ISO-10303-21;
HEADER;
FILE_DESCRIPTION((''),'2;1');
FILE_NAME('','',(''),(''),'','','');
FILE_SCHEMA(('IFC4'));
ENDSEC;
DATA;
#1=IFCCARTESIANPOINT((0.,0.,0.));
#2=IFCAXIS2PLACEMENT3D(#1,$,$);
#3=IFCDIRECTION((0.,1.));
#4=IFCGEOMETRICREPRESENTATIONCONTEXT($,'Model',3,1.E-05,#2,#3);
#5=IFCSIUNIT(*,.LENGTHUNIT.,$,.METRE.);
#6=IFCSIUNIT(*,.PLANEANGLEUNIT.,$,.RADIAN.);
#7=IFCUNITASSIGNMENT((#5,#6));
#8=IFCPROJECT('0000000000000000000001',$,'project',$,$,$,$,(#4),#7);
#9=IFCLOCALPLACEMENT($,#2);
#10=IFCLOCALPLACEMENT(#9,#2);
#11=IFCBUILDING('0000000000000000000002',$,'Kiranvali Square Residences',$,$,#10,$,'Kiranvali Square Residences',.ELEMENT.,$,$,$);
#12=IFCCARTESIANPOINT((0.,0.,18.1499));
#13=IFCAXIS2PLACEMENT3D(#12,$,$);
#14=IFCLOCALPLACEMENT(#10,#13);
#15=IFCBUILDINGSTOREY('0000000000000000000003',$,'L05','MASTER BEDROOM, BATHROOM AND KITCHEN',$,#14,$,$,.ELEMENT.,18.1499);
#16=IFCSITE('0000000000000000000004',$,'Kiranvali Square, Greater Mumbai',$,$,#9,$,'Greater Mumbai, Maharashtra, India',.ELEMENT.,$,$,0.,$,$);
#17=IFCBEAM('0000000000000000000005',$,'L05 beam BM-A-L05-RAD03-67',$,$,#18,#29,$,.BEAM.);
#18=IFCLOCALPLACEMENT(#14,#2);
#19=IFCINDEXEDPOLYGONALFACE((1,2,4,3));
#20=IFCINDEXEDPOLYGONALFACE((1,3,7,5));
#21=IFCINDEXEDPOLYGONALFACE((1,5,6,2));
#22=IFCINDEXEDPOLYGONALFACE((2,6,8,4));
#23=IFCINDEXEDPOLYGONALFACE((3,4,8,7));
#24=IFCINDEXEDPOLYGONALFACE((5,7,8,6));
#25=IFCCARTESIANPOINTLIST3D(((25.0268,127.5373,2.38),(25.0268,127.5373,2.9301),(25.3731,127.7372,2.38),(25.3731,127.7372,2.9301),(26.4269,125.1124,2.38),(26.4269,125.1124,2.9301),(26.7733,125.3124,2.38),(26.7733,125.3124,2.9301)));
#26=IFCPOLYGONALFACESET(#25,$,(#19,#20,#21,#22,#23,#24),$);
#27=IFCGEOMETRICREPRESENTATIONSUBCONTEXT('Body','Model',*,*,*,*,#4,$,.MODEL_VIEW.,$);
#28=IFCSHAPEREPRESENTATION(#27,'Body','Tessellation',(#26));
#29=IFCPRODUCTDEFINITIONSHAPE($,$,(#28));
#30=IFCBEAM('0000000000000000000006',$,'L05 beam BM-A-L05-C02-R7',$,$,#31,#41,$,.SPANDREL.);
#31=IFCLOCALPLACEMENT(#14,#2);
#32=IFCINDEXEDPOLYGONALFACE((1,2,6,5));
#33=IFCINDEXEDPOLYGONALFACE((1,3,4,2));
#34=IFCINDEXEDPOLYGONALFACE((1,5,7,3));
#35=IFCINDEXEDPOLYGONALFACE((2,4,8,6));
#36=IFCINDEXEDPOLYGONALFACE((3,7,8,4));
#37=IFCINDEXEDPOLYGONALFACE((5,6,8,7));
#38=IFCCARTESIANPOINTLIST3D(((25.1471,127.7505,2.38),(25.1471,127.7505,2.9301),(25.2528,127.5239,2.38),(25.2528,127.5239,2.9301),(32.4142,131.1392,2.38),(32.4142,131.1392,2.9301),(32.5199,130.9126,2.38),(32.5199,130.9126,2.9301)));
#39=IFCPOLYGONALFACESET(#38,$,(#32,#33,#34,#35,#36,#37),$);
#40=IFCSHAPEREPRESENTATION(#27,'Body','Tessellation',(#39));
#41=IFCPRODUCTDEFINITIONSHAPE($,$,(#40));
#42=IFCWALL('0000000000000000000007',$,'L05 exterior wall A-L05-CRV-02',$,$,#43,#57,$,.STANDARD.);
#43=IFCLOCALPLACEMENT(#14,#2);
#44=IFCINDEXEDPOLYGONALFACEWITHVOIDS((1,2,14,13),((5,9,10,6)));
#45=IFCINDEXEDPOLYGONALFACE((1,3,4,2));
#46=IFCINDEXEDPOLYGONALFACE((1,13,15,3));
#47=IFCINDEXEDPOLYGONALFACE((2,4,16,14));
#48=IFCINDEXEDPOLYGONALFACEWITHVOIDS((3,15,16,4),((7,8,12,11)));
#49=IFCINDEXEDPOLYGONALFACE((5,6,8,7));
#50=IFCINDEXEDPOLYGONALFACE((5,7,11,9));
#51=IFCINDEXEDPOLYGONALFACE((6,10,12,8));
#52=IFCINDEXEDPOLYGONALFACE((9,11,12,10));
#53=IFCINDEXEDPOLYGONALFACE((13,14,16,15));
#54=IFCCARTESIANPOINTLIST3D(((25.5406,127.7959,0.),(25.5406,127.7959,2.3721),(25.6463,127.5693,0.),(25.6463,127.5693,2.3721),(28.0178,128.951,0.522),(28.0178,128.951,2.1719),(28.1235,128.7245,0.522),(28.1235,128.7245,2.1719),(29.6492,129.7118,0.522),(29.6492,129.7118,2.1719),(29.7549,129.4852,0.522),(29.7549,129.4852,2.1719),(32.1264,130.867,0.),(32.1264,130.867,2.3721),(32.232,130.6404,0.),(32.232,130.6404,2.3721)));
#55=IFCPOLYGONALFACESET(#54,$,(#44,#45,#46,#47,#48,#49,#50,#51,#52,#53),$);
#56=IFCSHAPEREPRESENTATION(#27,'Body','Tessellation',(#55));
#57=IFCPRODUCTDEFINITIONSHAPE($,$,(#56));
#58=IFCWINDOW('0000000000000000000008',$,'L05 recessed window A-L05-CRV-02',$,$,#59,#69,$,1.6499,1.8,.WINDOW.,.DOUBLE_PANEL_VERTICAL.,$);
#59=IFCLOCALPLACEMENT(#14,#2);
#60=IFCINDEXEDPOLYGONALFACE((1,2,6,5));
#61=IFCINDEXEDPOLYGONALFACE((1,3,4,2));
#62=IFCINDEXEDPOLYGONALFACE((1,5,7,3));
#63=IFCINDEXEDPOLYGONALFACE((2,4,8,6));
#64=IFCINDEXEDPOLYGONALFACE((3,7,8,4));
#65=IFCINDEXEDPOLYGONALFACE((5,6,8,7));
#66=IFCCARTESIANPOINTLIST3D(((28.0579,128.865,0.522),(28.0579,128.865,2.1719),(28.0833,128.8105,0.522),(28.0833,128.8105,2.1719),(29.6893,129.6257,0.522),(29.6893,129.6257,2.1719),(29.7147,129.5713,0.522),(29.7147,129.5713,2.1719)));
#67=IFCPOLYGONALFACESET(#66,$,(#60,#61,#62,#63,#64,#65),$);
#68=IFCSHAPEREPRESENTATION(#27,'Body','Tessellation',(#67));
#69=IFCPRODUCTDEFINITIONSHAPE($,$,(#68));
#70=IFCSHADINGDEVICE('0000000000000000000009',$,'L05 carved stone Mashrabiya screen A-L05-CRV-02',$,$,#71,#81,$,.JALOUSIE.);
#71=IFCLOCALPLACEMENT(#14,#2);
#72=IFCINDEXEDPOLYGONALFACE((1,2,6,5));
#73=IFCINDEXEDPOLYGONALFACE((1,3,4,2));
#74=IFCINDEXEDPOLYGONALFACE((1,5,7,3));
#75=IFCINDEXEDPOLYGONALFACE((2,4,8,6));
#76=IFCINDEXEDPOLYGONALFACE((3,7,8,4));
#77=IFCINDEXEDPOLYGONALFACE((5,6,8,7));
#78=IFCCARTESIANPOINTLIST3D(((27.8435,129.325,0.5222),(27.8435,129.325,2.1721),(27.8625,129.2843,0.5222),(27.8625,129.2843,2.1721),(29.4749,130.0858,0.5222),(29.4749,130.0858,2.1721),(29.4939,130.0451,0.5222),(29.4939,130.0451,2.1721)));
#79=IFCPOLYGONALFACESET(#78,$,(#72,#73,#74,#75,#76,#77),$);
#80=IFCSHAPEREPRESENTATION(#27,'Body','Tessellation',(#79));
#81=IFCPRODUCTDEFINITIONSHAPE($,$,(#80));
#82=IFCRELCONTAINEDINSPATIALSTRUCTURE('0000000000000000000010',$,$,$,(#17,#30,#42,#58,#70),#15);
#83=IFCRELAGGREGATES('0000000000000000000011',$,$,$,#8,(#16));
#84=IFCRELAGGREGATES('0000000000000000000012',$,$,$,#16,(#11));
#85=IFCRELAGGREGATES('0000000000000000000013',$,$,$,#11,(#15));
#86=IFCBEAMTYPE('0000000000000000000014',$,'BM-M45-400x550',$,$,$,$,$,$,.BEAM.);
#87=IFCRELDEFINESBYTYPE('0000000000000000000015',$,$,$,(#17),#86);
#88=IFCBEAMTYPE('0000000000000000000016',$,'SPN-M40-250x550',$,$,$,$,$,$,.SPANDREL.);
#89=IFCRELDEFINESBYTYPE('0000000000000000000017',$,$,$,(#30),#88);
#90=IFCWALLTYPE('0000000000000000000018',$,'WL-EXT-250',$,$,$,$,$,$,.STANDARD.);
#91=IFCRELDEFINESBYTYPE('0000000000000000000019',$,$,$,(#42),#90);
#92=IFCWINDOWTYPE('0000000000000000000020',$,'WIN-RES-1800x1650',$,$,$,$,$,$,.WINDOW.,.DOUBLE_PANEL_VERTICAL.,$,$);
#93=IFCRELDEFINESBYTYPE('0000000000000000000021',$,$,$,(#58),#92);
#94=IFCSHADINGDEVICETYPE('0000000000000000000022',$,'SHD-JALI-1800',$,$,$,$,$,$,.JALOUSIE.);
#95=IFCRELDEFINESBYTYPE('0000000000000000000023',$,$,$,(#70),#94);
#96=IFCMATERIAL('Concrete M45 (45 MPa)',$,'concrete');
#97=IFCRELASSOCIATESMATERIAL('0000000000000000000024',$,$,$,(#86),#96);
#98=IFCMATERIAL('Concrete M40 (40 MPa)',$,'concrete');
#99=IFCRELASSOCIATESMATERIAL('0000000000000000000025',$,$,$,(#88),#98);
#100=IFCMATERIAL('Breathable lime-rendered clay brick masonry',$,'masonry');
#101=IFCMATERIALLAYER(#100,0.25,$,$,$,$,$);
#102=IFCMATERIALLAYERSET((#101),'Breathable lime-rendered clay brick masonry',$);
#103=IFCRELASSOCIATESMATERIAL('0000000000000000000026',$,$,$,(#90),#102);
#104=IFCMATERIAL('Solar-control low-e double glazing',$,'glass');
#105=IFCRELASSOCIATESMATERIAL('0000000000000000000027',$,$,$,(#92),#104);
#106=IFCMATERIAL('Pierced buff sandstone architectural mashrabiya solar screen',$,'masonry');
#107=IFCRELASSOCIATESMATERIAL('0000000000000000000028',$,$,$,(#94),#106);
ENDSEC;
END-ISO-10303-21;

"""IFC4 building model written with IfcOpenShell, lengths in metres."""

from ifc_helpers import new_model, si_unit, direction, frame, frame_2d, origin, origin_2d, place, context, subcontext, project, spatial, rectangle, extrude, material, layer, layer_set, material_profile, profile_set, type_object, element, fill, save


model = new_model("IFC4")

# Units and contexts
model_context = context("Model", 3, precision=1e-05, world=origin(), true_north=direction((0.0, 1.0)))
body_context = subcontext(model_context, "Body", "Model", "MODEL_VIEW")
ifc_project = project(units=[si_unit("LENGTHUNIT", "METRE"), si_unit("PLANEANGLEUNIT", "RADIAN")], contexts=[model_context])

# Site, building, storey
site_placement = place(None, origin())
site = spatial("IfcSite", under=ifc_project, at=site_placement, Name="Kiranvali Square, Greater Mumbai", LongName="Greater Mumbai, Maharashtra, India", CompositionType="ELEMENT", RefElevation=0.0)
building_placement = place(site_placement, origin())
building = spatial("IfcBuilding", under=site, at=building_placement, Name="Kiranvali Square Residences", LongName="Kiranvali Square Residences", CompositionType="ELEMENT")
storey_placement = place(building_placement, frame((0.0, 0.0, 18.1499)))
storey = spatial("IfcBuildingStorey", under=building, at=storey_placement, Name="L05", Description="MASTER BEDROOM, BATHROOM AND KITCHEN", CompositionType="ELEMENT", Elevation=18.1499)

# Shared definitions
ifc_material_1 = material(Name="Concrete M45 (45 MPa)", Category="concrete")

# Beams
ifc_material_profile_1 = material_profile(ifc_material_1, rectangle(XDim=0.3999, YDim=0.55, at=origin_2d()), Name="RC 400x550")
ifc_profile_set_1 = profile_set([ifc_material_profile_1], Name="Concrete M45 (45 MPa)")
beam_type_1 = type_object("IfcBeamType", Name="BM-M45-400x550", PredefinedType="BEAM", material=ifc_profile_set_1)
for number, where, z_axis, x_axis, name in (
    (1, (26.6001, 125.2124, 2.655), (-0.50005, 0.865997, 0.0), (-0.865997, -0.50005, 0.0), "L05 beam BM-A-L05-RAD03-67"),
):
    element("IfcBeam", number, at=place(storey_placement, frame(where, z_axis=z_axis, x_axis=x_axis)), inside=storey, type_object=beam_type_1, Name=name, PredefinedType="BEAM", context=body_context, shape_type="SweptSolid", body=[
        extrude(rectangle(XDim=0.3999, YDim=0.55, at=origin_2d()), origin(), (0.0, 0.0, 1.0), 2.8),
    ])
ifc_material_2 = material(Name="Concrete M40 (40 MPa)", Category="concrete")
ifc_material_profile_2 = material_profile(ifc_material_2, rectangle(XDim=0.25, YDim=0.55, at=origin_2d()), Name="RC 250x550")
ifc_profile_set_2 = profile_set([ifc_material_profile_2], Name="Concrete M40 (40 MPa)")
beam_type_2 = type_object("IfcBeamType", Name="SPN-M40-250x550", PredefinedType="SPANDREL", material=ifc_profile_set_2)
beam_1_placement = place(storey_placement, frame((32.467, 131.0259, 2.655), z_axis=(-0.906309, -0.422615, 0.0), x_axis=(0.422615, -0.906309, 0.0)))
element("IfcBeam", 2, at=beam_1_placement, inside=storey, type_object=beam_type_2, Name="L05 beam BM-A-L05-C02-R7", PredefinedType="SPANDREL", context=body_context, shape_type="SweptSolid", body=[
    extrude(rectangle(XDim=0.25, YDim=0.55, at=origin_2d()), origin(), (0.0, 0.0, 1.0), 8.0183),
])

# Wall, opening, window
ifc_material_3 = material(Name="Breathable lime-rendered clay brick masonry", Category="masonry")
ifc_layer = layer(ifc_material_3, 0.25)
ifc_layer_set = layer_set([ifc_layer], Name="Breathable lime-rendered clay brick masonry")
wall_type = type_object("IfcWallType", Name="WL-EXT-250", PredefinedType="STANDARD", material=ifc_layer_set)
wall_placement = place(storey_placement, frame((32.1792, 130.7537, 0.0), z_axis=(0.0, 0.0, 1.0), x_axis=(-0.906303, -0.422628, 0.0)))
wall = element("IfcWall", 3, at=wall_placement, inside=storey, type_object=wall_type, Name="L05 exterior wall A-L05-CRV-02", PredefinedType="STANDARD", context=body_context, shape_type="SweptSolid", body=[
    extrude(rectangle(XDim=7.2666, YDim=0.25, at=frame_2d((3.6333, 0.0))), origin(), (0.0, 0.0, 1.0), 2.3721),
])
opening_placement = place(wall_placement, frame((2.7334, 0.0, 0.522)))
opening = element("IfcOpeningElement", 4, at=opening_placement, cuts=wall, PredefinedType="OPENING", context=body_context, shape_type="SweptSolid", body=[
    extrude(rectangle(XDim=1.8, YDim=1.6499, at=frame_2d((0.8999, 0.825))), frame((0.0, 0.135, 0.0), z_axis=(0.0, -1.0, 0.0), x_axis=(1.0, 0.0, 0.0)), (0.0, 0.0, 1.0), 0.27),
])
ifc_material_4 = material(Name="Solar-control low-e double glazing", Category="glass")
window_type = type_object("IfcWindowType", Name="WIN-RES-1800x1650", PartitioningType="DOUBLE_PANEL_VERTICAL", PredefinedType="WINDOW", material=ifc_material_4)
window_placement = place(opening_placement, origin())
window = element("IfcWindow", 5, at=window_placement, inside=storey, type_object=window_type, Name="L05 recessed window A-L05-CRV-02", OverallHeight=1.6499, OverallWidth=1.8, PartitioningType="DOUBLE_PANEL_VERTICAL", PredefinedType="WINDOW", context=body_context, shape_type="SweptSolid", body=[
    extrude(rectangle(XDim=1.8, YDim=1.6499, at=frame_2d((0.8999, 0.825))), frame((0.0, 0.03, 0.0), z_axis=(0.0, -1.0, 0.0), x_axis=(1.0, 0.0, 0.0)), (0.0, 0.0, 1.0), 0.0601),
])
fill(opening, window)

# Shading device
ifc_material_5 = material(Name="Pierced buff sandstone architectural mashrabiya solar screen", Category="masonry")
shading_device_type = type_object("IfcShadingDeviceType", Name="SHD-JALI-1800", PredefinedType="JALOUSIE", material=ifc_material_5)
shading_device_placement = place(storey_placement, frame((28.6687, 129.6851, 0.5222), z_axis=(0.0, 0.0, 1.0), x_axis=(-0.906308, -0.422618, 0.0)))
element("IfcShadingDevice", 6, at=shading_device_placement, inside=storey, type_object=shading_device_type, Name="L05 carved stone Mashrabiya screen A-L05-CRV-02", PredefinedType="JALOUSIE", context=body_context, shape_type="SweptSolid", body=[
    extrude(rectangle(XDim=1.8, YDim=0.0449, at=origin_2d()), origin(), (0.0, 0.0, 1.0), 1.6499),
])

save(model, "model.ifc")
